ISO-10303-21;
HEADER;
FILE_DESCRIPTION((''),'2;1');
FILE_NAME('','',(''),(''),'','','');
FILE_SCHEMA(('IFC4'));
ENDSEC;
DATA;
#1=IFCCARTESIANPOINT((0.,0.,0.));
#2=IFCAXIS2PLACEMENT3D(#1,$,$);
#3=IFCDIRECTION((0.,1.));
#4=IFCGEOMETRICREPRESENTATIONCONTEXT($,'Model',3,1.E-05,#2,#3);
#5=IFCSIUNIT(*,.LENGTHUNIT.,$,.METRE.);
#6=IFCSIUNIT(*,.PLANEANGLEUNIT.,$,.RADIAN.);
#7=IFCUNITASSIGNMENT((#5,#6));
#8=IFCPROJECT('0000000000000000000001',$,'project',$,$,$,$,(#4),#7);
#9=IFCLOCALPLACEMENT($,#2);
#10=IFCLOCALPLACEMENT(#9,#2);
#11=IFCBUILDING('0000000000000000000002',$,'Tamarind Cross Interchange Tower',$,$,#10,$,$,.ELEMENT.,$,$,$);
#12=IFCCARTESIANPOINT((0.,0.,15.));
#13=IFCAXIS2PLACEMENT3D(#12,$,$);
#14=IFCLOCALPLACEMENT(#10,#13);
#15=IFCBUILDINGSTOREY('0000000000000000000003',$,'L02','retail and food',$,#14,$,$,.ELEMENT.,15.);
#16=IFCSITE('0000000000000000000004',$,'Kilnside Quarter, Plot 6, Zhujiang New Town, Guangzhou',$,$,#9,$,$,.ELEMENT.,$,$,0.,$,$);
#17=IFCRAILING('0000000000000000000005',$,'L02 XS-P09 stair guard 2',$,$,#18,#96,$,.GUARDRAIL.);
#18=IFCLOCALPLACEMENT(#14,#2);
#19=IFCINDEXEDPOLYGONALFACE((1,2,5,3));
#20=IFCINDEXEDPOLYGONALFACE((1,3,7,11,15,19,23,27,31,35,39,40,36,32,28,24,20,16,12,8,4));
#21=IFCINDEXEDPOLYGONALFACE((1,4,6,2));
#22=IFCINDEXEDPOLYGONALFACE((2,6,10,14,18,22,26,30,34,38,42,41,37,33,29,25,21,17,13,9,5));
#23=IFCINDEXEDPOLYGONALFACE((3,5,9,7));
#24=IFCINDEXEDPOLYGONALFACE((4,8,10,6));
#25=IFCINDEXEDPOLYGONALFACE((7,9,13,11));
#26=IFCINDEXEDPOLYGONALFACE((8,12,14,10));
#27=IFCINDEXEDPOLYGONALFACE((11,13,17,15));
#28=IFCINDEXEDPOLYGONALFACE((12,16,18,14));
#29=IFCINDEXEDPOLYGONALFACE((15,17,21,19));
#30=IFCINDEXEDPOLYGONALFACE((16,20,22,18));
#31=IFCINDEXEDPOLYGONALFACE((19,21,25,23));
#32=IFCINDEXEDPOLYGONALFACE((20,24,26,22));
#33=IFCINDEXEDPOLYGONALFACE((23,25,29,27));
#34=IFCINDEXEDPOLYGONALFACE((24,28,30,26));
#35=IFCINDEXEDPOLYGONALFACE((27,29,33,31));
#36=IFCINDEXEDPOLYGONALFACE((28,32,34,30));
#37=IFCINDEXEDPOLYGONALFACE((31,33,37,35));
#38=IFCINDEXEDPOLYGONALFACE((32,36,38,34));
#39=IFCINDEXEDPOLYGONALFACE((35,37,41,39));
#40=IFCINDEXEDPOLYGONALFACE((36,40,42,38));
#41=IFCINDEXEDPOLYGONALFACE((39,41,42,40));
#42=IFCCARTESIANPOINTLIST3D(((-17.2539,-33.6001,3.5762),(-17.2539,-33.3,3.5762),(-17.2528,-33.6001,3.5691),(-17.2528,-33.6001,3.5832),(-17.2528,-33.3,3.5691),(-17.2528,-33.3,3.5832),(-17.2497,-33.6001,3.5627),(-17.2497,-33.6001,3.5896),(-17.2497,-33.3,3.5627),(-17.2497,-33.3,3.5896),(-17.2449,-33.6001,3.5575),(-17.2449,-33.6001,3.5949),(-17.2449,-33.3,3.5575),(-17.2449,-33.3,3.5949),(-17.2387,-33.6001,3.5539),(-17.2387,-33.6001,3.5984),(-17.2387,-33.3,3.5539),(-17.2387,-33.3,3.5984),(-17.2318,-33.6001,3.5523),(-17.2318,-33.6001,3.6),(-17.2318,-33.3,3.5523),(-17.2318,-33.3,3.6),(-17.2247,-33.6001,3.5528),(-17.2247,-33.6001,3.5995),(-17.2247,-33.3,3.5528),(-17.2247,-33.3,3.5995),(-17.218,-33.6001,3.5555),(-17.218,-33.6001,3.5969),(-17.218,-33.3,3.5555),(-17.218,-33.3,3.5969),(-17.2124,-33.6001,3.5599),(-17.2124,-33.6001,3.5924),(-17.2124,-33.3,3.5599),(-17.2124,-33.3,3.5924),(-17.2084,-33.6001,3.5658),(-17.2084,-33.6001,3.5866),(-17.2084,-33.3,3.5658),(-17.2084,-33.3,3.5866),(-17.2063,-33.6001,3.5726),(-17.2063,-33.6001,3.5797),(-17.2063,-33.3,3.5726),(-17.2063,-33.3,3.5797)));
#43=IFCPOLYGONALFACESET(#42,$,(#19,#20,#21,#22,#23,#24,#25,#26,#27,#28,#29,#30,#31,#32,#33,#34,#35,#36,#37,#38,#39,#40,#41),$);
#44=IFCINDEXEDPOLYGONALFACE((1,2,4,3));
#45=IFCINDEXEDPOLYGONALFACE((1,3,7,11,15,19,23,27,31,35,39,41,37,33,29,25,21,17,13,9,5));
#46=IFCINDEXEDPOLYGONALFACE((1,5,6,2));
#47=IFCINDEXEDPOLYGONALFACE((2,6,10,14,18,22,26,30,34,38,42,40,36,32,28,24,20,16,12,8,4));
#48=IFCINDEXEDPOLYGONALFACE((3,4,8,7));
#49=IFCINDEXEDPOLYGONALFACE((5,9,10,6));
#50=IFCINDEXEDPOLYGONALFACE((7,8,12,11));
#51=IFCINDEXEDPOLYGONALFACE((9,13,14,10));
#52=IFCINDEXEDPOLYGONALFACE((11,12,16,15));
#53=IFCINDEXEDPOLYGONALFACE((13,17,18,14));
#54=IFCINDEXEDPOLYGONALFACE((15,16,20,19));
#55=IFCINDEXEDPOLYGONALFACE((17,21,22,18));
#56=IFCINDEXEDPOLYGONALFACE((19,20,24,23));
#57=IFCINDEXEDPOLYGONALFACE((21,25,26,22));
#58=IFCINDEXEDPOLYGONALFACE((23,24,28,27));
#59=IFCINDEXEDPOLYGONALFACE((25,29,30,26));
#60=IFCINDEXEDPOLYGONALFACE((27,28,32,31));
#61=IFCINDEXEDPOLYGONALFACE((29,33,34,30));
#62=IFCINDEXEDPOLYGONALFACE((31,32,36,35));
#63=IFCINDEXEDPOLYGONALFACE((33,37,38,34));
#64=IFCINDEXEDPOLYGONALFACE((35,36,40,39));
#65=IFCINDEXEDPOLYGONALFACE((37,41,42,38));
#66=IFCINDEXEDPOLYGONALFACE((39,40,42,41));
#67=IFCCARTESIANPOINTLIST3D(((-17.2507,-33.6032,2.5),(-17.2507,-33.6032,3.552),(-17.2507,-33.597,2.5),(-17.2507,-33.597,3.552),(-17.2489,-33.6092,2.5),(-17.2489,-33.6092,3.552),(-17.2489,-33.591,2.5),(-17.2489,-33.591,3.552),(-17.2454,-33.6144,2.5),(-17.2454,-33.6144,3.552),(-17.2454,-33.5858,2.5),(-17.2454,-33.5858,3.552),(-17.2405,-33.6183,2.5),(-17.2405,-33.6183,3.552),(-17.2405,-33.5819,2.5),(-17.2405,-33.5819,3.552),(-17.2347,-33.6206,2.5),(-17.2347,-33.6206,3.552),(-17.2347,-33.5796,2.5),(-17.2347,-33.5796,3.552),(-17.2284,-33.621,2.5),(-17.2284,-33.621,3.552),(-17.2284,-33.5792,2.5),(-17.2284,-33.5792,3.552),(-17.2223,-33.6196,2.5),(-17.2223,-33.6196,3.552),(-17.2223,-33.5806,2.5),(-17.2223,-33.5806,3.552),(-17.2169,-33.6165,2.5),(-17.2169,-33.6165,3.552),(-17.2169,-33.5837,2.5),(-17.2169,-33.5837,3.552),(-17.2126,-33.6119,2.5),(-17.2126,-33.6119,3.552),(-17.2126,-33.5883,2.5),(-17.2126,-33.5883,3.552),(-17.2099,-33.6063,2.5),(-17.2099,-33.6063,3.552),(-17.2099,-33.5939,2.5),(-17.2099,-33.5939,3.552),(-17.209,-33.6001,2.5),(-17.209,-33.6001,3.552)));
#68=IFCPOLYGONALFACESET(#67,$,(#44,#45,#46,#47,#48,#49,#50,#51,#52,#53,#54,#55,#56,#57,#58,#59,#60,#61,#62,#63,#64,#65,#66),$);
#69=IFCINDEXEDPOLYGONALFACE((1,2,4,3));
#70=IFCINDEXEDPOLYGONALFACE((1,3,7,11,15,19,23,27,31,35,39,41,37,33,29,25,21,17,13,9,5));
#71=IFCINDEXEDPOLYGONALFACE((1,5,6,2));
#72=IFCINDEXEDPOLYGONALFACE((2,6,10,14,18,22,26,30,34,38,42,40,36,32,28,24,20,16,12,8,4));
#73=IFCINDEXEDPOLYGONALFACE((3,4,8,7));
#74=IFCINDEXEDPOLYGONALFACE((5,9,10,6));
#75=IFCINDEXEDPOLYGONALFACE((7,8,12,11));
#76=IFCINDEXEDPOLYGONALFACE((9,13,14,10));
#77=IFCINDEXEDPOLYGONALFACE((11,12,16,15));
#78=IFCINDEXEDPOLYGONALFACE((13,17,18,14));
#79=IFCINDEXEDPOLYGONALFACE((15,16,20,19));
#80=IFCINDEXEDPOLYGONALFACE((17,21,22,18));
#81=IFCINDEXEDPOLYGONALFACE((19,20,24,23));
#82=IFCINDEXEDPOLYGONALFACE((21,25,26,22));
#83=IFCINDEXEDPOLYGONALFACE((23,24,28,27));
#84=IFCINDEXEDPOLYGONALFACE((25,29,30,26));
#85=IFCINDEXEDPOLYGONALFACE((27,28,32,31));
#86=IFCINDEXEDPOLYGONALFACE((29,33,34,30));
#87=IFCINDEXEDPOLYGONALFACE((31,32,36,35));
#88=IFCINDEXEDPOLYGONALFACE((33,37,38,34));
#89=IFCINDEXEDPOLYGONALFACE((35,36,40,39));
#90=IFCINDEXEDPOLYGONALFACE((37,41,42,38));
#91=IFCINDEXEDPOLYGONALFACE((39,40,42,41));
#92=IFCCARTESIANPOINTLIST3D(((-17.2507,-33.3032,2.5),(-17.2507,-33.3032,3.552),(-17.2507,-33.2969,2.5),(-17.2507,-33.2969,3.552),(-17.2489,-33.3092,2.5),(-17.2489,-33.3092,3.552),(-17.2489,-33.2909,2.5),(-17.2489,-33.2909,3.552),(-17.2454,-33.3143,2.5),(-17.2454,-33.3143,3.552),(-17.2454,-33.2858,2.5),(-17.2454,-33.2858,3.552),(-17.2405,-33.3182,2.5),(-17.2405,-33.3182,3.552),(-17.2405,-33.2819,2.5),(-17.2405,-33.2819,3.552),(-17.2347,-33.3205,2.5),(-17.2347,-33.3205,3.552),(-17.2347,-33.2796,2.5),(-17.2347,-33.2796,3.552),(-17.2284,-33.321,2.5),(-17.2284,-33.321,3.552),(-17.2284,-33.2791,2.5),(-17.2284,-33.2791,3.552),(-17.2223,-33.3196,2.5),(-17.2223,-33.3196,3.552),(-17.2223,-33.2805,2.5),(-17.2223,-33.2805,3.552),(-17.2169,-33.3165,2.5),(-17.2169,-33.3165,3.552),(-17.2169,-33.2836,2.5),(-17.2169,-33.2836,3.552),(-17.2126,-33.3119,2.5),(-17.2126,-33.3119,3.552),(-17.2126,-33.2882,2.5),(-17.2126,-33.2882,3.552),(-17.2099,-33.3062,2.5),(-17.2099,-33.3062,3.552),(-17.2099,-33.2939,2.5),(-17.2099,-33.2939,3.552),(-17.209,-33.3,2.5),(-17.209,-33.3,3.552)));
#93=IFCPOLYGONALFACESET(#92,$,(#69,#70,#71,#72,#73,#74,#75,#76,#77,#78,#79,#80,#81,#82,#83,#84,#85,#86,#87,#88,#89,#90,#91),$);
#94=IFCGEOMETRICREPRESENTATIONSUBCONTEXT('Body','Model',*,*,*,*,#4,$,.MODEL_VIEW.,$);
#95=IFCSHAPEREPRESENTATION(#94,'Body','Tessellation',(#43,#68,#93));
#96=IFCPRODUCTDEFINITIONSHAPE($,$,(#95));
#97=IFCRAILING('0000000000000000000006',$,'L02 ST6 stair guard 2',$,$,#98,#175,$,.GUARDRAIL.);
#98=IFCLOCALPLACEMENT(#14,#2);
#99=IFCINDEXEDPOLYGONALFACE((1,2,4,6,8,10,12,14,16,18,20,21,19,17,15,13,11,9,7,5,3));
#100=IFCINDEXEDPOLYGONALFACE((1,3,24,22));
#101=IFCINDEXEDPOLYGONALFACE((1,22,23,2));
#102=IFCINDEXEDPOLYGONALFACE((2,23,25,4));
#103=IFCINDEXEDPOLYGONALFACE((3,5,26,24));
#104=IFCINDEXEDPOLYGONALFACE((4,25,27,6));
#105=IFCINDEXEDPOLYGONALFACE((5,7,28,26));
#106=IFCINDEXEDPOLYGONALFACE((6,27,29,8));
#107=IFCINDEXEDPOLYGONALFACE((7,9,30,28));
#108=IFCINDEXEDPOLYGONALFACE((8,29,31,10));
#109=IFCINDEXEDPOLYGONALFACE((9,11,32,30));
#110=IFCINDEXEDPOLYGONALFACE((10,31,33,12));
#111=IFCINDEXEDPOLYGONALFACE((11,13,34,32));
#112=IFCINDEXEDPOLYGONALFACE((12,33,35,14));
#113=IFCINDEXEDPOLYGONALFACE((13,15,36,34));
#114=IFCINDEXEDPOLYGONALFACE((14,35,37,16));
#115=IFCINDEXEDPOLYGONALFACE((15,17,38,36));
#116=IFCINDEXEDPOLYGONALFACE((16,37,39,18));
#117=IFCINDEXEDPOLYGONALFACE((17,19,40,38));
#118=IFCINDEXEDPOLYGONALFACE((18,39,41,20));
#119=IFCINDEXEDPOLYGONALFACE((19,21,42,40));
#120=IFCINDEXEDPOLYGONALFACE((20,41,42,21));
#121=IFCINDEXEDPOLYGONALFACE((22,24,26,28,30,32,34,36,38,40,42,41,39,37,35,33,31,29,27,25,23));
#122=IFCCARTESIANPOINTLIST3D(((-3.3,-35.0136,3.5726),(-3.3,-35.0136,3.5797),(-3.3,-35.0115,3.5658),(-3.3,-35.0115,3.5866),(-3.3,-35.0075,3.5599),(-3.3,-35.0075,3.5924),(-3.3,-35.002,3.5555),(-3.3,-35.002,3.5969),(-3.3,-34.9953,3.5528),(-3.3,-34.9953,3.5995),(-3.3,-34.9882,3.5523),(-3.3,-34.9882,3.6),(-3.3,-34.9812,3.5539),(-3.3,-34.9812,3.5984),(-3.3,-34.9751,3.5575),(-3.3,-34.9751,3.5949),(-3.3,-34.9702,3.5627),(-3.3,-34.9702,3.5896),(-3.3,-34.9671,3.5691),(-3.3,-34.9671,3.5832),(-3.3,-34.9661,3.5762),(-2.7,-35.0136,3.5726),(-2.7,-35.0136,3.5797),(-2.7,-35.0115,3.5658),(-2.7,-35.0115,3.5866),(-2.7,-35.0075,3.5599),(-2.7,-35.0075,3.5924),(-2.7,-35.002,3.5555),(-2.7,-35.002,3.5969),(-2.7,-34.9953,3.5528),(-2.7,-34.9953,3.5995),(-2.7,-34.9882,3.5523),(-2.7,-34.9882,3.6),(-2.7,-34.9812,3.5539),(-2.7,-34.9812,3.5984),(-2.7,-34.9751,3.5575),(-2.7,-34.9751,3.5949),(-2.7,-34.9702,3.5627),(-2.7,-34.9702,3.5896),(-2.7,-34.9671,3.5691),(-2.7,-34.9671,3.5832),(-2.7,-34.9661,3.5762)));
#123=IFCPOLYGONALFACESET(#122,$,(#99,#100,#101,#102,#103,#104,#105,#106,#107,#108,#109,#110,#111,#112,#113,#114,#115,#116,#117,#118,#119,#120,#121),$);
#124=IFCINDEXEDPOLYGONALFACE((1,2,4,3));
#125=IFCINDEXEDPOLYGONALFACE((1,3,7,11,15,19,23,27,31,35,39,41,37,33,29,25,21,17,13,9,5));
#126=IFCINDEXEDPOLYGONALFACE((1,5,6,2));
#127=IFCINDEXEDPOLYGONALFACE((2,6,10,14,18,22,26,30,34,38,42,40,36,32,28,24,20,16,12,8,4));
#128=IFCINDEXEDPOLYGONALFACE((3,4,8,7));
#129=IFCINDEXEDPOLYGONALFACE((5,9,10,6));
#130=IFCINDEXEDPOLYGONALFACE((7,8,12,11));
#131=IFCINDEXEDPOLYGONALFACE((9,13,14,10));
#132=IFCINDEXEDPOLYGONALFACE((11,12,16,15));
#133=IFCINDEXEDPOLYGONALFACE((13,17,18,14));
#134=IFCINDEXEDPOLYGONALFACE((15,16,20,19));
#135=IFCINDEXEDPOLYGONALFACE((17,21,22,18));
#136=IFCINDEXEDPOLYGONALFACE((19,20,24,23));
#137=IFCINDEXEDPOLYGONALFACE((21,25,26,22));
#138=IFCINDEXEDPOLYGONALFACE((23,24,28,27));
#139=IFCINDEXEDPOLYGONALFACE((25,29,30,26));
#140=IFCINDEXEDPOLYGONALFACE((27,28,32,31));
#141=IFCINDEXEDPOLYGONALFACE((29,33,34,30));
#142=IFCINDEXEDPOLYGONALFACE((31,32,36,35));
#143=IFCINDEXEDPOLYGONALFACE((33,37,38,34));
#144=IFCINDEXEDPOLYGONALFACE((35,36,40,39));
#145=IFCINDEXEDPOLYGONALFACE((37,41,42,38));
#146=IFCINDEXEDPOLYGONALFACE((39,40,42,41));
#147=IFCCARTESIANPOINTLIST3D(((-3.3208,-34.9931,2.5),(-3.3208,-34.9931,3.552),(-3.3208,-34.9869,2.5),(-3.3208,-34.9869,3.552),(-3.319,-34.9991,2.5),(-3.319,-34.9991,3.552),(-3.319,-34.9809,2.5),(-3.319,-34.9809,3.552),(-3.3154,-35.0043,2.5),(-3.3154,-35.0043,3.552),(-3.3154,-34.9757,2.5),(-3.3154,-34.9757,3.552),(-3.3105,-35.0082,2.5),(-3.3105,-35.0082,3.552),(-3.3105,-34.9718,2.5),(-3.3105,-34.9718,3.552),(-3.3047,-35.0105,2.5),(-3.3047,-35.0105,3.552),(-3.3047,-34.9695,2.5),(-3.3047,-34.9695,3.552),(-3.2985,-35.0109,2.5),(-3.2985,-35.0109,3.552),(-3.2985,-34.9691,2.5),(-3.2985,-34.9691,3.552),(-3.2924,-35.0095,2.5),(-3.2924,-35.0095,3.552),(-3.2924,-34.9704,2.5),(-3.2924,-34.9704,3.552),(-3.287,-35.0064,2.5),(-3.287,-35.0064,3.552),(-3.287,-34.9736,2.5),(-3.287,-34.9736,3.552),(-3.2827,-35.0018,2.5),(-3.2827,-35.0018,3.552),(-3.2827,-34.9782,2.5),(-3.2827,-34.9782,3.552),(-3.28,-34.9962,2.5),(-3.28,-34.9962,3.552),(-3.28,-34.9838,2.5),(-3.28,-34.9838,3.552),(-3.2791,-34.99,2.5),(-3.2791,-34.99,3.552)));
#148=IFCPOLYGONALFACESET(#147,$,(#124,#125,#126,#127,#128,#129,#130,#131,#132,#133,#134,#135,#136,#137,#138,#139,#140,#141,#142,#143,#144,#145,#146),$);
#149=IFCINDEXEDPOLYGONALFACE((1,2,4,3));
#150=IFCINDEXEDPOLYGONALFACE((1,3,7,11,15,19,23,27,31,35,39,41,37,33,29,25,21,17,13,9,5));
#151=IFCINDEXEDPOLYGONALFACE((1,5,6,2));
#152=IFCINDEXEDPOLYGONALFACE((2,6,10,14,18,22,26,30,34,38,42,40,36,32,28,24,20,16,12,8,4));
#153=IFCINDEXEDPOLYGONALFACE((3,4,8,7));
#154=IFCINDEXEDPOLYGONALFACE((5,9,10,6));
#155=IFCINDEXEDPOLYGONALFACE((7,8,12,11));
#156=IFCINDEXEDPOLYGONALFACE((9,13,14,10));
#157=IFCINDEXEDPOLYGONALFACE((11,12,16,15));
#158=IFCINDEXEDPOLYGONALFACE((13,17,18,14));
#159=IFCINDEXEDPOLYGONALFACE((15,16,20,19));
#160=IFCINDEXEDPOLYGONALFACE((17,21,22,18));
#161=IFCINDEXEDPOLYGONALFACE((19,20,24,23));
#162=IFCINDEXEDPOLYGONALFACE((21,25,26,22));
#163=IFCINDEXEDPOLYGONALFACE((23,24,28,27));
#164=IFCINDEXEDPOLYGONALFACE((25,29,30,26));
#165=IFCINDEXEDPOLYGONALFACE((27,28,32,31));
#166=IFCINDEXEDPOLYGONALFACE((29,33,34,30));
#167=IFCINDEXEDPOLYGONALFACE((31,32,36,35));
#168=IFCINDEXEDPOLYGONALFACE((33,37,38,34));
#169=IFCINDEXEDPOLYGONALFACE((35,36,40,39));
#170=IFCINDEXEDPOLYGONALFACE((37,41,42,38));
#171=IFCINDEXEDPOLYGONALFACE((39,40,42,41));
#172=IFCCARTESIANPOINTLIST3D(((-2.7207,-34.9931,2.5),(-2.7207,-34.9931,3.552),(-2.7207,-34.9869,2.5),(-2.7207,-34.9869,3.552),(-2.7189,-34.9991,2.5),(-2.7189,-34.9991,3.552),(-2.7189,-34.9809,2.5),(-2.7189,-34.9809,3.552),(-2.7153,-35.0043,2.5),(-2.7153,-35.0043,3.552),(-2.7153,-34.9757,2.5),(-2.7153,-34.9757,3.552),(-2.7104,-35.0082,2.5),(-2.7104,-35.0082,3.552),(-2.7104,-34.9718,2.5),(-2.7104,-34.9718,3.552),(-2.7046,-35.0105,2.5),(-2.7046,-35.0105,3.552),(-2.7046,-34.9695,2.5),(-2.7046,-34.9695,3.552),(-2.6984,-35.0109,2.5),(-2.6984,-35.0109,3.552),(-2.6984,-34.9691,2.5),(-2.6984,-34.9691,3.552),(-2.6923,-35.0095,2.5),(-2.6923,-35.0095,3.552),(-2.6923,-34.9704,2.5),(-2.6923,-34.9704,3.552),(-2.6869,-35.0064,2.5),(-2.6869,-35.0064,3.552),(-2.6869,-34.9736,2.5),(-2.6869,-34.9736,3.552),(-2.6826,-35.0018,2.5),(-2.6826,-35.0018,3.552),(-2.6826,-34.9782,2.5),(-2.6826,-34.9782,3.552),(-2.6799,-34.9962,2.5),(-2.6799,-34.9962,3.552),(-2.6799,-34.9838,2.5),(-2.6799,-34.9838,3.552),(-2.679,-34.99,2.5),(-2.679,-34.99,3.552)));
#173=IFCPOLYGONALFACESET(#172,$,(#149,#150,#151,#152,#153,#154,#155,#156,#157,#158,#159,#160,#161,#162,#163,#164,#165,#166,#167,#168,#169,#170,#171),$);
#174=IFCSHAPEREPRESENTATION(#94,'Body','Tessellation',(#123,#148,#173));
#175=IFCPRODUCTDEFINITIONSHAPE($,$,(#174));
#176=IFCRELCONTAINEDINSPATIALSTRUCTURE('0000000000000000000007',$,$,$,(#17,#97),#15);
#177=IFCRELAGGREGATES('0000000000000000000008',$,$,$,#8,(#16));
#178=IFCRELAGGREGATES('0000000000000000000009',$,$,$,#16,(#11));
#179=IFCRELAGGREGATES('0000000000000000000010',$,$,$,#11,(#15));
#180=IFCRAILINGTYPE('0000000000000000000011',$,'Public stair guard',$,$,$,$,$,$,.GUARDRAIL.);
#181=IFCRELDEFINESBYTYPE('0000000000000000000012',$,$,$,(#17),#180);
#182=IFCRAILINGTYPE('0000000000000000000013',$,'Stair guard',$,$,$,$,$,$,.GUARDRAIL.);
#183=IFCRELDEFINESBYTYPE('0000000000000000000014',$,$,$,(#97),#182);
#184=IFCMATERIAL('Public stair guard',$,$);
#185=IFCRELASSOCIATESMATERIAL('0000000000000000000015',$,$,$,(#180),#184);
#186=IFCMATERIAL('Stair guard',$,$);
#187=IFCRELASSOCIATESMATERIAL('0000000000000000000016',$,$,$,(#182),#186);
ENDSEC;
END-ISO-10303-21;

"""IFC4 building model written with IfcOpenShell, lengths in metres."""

from ifc_helpers import new_model, si_unit, direction, frame, origin, origin_2d, place, context, subcontext, project, spatial, circle, extrude, material, type_object, element, save


model = new_model("IFC4")

# Units and contexts
model_context = context("Model", 3, precision=1e-05, world=origin(), true_north=direction((0.0, 1.0)))
body_context = subcontext(model_context, "Body", "Model", "MODEL_VIEW")
ifc_project = project(units=[si_unit("LENGTHUNIT", "METRE"), si_unit("PLANEANGLEUNIT", "RADIAN")], contexts=[model_context])

# Site, building, storey
site_placement = place(None, origin())
site = spatial("IfcSite", under=ifc_project, at=site_placement, Name="Kilnside Quarter, Plot 6, Zhujiang New Town, Guangzhou", CompositionType="ELEMENT", RefElevation=0.0)
building_placement = place(site_placement, origin())
building = spatial("IfcBuilding", under=site, at=building_placement, Name="Tamarind Cross Interchange Tower", CompositionType="ELEMENT")
storey_placement = place(building_placement, frame((0.0, 0.0, 15.0)))
storey = spatial("IfcBuildingStorey", under=building, at=storey_placement, Name="L02", Description="retail and food", CompositionType="ELEMENT", Elevation=15.0)

# Railings
ifc_material_1 = material(Name="Public stair guard")
railing_type_1 = type_object("IfcRailingType", Name="Public stair guard", PredefinedType="GUARDRAIL", material=ifc_material_1)
railing_1_placement = place(storey_placement, frame((-17.23, -33.6001, 2.5)))
element("IfcRailing", 1, at=railing_1_placement, inside=storey, type_object=railing_type_1, Name="L02 XS-P09 stair guard 2", PredefinedType="GUARDRAIL", context=body_context, shape_type="SweptSolid", body=[
    extrude(circle(Radius=0.0239, at=origin_2d()), frame((0.0, 0.0, 1.0762), z_axis=(0.0, 1.0, 0.0), x_axis=(-1.0, 0.0, 0.0)), (0.0, 0.0, 1.0), 0.3),
    extrude(circle(Radius=0.021, at=origin_2d()), origin(), (0.0, 0.0, 1.0), 1.052),
    extrude(circle(Radius=0.021, at=origin_2d()), frame((0.0, 0.3, 0.0)), (0.0, 0.0, 1.0), 1.052),
])
ifc_material_2 = material(Name="Stair guard")
railing_type_2 = type_object("IfcRailingType", Name="Stair guard", PredefinedType="GUARDRAIL", material=ifc_material_2)
railing_2_placement = place(storey_placement, frame((-3.3, -34.99, 2.5)))
element("IfcRailing", 2, at=railing_2_placement, inside=storey, type_object=railing_type_2, Name="L02 ST6 stair guard 2", PredefinedType="GUARDRAIL", context=body_context, shape_type="SweptSolid", body=[
    extrude(circle(Radius=0.0239, at=origin_2d()), frame((0.0, 0.0, 1.0762), z_axis=(1.0, 0.0, 0.0), x_axis=(0.0, 1.0, 0.0)), (0.0, 0.0, 1.0), 0.6001),
    extrude(circle(Radius=0.021, at=origin_2d()), origin(), (0.0, 0.0, 1.0), 1.052),
    extrude(circle(Radius=0.021, at=origin_2d()), frame((0.6001, 0.0, 0.0)), (0.0, 0.0, 1.0), 1.052),
])

save(model, "model.ifc")
